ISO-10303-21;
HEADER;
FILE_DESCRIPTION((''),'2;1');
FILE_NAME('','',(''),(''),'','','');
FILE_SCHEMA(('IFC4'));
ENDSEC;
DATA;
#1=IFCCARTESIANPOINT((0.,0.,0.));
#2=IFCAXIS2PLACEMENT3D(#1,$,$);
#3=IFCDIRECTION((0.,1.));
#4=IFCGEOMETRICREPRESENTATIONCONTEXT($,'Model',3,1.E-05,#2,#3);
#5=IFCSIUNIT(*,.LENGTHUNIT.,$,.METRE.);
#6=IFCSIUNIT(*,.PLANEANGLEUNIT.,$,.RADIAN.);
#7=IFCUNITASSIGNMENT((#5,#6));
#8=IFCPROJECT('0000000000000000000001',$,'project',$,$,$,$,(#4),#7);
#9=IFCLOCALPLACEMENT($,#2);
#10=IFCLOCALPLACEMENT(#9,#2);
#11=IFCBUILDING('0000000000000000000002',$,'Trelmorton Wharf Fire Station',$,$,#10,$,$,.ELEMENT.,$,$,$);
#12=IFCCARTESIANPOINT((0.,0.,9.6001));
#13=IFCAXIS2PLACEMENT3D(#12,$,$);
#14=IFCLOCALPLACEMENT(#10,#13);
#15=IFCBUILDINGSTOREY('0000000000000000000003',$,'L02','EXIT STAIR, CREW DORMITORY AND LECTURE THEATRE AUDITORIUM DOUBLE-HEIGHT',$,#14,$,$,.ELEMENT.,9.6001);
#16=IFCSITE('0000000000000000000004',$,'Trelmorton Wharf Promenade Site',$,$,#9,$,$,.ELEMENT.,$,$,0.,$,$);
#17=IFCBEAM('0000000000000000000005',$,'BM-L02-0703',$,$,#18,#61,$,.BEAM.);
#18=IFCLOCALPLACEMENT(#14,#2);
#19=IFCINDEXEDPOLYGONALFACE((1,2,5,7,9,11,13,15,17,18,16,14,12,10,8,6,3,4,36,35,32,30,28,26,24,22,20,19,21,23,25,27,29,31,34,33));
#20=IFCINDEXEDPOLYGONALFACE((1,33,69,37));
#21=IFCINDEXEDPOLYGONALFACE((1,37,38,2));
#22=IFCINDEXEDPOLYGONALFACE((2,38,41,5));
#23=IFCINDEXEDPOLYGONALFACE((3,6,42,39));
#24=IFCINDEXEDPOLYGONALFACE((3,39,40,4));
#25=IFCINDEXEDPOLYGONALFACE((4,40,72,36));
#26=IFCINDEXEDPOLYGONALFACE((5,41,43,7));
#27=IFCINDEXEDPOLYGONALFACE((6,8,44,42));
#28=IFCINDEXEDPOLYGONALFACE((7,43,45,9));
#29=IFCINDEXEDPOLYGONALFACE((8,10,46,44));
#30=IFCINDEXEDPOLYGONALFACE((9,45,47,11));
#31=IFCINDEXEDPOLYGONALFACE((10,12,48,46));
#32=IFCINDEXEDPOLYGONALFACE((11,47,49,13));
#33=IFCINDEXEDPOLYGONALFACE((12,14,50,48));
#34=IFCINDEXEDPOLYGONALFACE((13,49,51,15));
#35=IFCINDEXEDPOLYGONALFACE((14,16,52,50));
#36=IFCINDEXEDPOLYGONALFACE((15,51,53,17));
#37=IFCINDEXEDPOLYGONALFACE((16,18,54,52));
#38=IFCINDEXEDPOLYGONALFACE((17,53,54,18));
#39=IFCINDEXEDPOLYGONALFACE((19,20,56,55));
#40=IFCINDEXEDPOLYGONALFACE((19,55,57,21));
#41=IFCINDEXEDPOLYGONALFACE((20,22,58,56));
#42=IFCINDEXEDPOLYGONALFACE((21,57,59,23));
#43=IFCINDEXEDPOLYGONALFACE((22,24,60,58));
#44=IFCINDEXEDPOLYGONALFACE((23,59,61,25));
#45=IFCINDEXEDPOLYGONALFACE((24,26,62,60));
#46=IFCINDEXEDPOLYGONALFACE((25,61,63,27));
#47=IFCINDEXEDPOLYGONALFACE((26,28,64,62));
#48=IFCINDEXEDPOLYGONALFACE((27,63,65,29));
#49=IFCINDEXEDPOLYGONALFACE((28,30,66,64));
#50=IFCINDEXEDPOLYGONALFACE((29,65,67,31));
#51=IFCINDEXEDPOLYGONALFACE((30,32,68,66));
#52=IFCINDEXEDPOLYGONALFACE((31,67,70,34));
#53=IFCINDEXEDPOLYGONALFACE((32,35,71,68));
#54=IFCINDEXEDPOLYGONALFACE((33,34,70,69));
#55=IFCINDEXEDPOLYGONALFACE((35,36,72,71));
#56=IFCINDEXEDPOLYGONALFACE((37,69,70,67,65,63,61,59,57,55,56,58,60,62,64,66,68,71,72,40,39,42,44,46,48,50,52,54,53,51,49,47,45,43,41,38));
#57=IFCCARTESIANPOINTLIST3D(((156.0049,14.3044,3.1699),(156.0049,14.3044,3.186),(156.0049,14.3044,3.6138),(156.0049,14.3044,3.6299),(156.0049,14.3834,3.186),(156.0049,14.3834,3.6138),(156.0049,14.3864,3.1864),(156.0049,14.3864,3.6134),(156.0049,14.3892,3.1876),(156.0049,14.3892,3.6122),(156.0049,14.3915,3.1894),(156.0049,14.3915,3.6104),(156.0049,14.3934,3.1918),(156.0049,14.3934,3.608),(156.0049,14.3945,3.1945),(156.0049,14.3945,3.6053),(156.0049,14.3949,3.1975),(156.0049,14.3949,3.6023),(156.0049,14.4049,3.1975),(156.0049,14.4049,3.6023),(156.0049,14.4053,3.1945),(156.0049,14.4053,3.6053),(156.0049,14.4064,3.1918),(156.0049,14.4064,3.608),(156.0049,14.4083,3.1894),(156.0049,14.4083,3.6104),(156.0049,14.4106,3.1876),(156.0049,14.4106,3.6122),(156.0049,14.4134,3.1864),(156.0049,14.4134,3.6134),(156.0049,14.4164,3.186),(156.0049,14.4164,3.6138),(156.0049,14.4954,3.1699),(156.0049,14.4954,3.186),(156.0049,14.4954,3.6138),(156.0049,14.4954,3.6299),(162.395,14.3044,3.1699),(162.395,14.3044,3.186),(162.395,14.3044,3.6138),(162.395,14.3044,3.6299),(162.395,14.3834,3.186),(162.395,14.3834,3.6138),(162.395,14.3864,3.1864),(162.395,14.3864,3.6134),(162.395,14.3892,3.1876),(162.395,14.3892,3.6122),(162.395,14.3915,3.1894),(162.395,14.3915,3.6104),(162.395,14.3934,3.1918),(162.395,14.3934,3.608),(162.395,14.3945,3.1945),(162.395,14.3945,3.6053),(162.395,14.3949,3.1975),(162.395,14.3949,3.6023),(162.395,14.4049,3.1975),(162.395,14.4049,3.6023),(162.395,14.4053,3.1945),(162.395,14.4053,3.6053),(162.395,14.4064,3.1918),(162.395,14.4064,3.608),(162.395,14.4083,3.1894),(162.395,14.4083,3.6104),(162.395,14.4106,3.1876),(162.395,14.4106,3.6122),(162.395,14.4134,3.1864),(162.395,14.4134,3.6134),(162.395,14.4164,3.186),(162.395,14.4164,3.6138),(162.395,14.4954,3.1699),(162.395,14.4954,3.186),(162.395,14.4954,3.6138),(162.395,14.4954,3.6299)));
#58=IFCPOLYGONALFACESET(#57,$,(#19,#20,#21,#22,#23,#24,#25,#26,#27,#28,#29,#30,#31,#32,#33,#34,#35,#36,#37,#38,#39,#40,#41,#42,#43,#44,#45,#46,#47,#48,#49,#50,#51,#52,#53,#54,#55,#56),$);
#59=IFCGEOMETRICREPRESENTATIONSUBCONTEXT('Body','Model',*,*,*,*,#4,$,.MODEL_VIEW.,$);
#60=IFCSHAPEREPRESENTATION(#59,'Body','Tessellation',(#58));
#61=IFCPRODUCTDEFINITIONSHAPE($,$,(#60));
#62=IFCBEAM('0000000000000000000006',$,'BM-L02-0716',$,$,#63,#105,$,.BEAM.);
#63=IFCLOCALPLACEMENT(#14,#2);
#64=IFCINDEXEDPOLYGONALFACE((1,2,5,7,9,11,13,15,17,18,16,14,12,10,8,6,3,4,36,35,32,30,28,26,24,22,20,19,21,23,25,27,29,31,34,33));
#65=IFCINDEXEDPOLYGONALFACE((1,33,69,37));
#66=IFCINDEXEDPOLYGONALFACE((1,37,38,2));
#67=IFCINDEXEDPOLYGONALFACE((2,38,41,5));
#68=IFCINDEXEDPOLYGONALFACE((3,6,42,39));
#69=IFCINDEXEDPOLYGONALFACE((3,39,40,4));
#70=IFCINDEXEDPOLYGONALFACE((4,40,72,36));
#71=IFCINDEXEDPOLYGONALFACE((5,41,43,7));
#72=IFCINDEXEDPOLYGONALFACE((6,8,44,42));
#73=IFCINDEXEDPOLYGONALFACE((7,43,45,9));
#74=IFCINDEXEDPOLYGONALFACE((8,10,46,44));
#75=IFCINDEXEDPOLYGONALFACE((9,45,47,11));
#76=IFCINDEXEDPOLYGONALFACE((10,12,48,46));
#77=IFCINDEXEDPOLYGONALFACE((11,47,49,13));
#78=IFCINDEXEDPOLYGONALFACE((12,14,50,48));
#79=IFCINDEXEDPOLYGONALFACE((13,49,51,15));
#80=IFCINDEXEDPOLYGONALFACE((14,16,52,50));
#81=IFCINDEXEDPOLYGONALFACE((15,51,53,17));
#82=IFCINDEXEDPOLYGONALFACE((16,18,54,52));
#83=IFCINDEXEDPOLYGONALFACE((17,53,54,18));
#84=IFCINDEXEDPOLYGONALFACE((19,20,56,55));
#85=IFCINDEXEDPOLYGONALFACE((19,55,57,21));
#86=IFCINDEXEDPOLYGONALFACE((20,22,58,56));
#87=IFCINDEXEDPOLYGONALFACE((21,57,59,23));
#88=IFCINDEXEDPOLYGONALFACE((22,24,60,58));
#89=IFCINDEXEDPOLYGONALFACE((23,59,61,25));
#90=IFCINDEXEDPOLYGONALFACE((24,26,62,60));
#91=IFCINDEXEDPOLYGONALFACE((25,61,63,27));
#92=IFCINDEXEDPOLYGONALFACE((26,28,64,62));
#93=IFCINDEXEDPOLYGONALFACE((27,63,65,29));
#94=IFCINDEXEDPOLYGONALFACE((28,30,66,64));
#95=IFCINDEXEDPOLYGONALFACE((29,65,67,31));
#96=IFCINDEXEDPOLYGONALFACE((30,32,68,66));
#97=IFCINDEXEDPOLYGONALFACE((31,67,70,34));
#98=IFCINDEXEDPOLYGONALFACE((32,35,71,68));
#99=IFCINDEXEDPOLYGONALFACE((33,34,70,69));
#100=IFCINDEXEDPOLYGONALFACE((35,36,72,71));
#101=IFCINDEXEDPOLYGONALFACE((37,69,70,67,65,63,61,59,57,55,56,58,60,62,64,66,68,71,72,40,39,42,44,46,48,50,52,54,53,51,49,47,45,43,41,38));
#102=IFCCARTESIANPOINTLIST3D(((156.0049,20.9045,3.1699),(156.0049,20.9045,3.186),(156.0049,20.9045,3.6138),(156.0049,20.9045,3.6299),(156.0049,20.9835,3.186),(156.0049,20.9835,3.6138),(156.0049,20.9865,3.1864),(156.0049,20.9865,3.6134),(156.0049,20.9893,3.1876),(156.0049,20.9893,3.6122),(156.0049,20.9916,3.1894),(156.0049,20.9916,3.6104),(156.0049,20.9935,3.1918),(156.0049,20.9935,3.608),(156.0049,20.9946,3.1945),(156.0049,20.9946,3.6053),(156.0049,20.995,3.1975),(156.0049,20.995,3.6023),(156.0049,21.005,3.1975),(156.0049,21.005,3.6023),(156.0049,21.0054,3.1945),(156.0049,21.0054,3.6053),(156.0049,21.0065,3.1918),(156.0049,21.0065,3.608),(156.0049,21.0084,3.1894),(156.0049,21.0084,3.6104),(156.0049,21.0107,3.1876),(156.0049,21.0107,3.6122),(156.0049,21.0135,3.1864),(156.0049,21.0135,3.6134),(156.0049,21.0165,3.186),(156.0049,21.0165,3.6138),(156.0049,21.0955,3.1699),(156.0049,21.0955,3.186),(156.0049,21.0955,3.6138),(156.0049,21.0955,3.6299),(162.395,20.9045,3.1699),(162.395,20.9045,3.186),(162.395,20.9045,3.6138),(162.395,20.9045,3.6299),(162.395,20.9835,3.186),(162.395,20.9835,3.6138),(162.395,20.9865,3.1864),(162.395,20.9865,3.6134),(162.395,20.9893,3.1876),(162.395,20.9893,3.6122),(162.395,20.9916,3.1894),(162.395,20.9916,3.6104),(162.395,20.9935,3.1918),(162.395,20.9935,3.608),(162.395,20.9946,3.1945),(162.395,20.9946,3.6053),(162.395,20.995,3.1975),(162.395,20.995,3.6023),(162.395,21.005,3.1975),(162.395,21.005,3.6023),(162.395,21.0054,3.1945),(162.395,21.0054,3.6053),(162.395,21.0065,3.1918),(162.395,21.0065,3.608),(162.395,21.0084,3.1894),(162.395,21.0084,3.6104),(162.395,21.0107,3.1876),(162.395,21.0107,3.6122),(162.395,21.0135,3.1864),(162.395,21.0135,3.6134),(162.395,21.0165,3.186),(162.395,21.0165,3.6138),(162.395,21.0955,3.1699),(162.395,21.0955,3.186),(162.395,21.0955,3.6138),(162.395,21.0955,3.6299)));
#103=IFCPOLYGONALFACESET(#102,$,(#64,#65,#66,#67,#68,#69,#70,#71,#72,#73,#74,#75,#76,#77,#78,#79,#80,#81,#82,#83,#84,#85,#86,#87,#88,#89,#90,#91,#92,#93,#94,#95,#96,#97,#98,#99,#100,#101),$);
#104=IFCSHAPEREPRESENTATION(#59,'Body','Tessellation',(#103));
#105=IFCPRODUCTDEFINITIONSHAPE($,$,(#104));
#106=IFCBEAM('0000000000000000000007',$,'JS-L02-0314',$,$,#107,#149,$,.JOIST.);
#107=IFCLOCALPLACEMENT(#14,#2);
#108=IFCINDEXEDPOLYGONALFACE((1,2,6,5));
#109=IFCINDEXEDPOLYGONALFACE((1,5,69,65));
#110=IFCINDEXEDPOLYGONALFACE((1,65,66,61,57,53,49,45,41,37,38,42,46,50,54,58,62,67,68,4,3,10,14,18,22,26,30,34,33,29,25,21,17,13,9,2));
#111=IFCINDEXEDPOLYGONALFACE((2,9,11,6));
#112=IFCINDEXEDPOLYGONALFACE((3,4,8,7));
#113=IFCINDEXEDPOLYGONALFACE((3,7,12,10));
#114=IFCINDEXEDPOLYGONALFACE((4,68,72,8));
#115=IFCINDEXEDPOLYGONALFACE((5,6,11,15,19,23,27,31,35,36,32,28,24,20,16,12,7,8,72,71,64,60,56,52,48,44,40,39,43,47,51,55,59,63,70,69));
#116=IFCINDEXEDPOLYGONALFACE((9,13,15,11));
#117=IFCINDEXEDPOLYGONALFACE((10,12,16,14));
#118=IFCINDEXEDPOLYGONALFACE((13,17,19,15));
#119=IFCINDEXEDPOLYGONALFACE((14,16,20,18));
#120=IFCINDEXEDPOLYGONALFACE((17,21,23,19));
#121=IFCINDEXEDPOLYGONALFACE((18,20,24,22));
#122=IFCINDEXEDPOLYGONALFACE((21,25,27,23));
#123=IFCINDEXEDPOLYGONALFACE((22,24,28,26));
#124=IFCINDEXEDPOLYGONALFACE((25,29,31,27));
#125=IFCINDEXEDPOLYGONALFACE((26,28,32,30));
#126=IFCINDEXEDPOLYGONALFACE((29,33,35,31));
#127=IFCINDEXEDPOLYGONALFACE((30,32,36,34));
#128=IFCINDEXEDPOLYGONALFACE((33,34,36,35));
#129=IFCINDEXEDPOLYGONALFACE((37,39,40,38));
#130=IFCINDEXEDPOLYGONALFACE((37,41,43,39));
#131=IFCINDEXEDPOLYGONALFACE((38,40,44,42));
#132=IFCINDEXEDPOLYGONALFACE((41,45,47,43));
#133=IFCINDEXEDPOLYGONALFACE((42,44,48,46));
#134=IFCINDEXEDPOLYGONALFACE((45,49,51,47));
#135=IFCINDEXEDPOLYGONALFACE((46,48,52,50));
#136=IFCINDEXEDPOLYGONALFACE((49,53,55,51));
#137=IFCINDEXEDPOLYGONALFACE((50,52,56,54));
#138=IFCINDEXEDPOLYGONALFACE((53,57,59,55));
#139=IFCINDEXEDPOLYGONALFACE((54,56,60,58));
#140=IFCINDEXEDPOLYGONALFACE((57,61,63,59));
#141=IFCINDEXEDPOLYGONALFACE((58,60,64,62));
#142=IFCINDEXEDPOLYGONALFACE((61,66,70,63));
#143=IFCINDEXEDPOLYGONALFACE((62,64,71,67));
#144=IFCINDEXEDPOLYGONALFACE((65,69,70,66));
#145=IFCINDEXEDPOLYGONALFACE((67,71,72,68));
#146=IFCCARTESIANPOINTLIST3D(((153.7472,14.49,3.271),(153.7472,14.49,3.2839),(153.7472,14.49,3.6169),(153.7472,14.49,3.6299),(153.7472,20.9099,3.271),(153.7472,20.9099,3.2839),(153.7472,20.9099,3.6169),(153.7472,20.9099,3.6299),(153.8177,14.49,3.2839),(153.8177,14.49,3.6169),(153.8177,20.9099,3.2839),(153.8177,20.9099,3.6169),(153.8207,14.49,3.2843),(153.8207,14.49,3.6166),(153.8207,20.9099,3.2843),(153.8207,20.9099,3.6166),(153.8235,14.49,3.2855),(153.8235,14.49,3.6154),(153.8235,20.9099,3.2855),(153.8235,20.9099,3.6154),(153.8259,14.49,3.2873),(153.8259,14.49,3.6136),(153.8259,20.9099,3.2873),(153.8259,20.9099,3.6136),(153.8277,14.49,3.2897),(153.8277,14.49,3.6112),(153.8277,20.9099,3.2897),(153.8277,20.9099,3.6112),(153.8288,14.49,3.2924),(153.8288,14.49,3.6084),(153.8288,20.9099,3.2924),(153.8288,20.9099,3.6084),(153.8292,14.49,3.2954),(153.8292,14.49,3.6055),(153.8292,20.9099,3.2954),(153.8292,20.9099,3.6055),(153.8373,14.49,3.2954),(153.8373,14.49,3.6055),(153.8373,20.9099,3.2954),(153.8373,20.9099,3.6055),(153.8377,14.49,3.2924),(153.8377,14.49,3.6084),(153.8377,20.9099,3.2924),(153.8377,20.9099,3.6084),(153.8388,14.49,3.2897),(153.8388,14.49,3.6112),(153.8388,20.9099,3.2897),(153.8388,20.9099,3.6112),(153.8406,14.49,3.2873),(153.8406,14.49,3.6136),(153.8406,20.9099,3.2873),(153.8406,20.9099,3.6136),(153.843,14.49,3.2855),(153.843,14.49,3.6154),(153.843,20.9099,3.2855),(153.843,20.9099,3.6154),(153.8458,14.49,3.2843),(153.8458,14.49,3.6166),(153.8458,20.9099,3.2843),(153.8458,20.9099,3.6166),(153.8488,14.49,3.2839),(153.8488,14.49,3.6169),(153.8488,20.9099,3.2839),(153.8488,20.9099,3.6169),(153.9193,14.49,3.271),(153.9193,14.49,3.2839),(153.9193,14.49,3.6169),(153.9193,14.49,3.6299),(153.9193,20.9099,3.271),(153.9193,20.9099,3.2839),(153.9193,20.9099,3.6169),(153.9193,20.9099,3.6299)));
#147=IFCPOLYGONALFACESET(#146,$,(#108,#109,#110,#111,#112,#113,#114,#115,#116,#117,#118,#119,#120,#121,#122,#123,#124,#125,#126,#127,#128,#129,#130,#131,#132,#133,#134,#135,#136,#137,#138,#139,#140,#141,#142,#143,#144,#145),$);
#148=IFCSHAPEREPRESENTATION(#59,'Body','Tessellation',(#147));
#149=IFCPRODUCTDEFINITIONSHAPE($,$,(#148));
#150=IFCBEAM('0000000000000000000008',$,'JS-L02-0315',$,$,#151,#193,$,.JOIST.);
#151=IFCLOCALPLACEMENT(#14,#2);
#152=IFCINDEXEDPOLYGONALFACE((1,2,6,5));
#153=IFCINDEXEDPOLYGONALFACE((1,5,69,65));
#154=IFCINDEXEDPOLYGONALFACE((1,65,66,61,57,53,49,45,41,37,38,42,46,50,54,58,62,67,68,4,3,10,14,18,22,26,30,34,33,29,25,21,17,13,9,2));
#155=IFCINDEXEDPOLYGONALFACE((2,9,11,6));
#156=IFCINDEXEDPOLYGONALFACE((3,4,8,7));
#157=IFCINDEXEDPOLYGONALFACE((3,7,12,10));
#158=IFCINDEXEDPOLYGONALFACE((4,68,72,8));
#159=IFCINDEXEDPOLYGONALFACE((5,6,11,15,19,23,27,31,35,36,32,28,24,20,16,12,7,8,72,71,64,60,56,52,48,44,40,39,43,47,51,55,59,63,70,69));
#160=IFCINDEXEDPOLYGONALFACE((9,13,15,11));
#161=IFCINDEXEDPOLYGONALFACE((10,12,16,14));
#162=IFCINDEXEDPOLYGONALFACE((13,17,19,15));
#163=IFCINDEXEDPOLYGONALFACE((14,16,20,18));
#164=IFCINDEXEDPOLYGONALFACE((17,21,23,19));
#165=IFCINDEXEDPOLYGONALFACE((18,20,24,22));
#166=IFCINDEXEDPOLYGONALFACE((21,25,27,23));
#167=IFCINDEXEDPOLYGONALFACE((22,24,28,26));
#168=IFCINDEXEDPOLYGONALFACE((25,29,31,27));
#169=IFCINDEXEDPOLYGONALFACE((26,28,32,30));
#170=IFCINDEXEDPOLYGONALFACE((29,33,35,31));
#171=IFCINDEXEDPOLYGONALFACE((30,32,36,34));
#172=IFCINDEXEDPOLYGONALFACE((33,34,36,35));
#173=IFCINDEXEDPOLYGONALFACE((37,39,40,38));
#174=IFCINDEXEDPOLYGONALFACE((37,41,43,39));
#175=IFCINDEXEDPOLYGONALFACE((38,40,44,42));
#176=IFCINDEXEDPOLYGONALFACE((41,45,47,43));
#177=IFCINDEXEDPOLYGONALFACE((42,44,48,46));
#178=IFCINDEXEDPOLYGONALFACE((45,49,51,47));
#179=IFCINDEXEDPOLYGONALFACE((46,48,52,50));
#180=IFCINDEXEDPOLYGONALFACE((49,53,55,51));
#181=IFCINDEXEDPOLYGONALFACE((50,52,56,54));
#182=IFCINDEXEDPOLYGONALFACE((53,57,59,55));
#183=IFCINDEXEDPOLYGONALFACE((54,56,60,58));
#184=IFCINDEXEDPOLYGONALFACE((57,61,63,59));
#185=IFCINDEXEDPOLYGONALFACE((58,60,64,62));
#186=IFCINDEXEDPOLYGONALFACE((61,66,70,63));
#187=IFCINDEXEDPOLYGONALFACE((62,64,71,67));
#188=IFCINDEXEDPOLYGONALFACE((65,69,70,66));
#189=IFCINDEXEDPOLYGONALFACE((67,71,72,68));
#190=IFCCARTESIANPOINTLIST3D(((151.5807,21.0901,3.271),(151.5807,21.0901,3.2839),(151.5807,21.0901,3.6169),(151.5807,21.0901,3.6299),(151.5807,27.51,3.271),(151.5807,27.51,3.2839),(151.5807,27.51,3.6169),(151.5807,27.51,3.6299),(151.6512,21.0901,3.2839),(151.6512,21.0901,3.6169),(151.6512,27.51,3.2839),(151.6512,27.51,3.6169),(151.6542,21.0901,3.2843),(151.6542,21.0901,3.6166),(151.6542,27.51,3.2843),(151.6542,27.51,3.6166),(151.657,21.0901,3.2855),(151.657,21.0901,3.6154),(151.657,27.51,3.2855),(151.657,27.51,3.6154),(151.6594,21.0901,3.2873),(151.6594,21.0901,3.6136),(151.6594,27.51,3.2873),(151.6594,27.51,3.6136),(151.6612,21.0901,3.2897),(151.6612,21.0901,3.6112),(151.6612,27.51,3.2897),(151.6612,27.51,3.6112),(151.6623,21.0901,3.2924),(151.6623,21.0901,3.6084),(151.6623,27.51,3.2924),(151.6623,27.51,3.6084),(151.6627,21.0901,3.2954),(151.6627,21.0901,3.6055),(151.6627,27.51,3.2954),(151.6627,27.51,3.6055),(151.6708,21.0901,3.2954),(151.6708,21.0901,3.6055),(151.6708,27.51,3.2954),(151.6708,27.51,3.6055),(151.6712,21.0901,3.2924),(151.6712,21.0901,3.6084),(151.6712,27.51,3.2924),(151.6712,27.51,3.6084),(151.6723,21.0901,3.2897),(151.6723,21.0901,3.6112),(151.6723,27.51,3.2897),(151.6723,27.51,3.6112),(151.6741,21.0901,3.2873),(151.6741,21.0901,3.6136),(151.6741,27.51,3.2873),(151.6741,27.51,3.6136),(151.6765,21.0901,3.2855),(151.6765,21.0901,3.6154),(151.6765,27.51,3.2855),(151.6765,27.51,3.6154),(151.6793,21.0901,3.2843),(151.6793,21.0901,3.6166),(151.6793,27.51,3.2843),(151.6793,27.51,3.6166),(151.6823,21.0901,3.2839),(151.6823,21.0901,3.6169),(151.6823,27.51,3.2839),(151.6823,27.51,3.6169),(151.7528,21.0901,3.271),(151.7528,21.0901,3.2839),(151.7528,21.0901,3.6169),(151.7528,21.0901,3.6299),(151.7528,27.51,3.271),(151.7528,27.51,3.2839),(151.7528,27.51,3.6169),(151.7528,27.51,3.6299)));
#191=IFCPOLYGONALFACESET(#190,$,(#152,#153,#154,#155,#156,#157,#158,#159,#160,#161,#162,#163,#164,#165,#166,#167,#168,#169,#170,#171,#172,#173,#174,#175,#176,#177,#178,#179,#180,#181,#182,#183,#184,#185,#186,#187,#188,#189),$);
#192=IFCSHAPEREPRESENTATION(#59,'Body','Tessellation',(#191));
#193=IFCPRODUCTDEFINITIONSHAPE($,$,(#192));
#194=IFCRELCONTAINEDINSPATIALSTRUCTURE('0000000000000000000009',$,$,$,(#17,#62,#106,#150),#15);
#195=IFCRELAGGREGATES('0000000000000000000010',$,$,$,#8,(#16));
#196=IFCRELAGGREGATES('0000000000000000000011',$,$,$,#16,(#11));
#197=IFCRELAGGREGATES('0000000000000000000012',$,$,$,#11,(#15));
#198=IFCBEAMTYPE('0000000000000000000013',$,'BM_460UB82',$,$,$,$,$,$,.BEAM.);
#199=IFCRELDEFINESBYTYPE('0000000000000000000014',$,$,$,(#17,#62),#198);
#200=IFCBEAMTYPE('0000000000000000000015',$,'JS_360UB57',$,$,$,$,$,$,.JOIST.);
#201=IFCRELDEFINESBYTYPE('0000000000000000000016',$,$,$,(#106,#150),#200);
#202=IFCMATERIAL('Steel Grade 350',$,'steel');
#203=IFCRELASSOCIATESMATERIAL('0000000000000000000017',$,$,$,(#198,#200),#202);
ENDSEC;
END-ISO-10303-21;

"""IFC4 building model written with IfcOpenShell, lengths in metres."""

from ifc_helpers import new_model, si_unit, direction, frame, origin, origin_2d, place, context, subcontext, project, spatial, i_section, extrude, material, material_profile, profile_set, type_object, element, save


model = new_model("IFC4")

# Units and contexts
model_context = context("Model", 3, precision=1e-05, world=origin(), true_north=direction((0.0, 1.0)))
body_context = subcontext(model_context, "Body", "Model", "MODEL_VIEW")
ifc_project = project(units=[si_unit("LENGTHUNIT", "METRE"), si_unit("PLANEANGLEUNIT", "RADIAN")], contexts=[model_context])

# Site, building, storey
site_placement = place(None, origin())
site = spatial("IfcSite", under=ifc_project, at=site_placement, Name="Trelmorton Wharf Promenade Site", CompositionType="ELEMENT", RefElevation=0.0)
building_placement = place(site_placement, origin())
building = spatial("IfcBuilding", under=site, at=building_placement, Name="Trelmorton Wharf Fire Station", CompositionType="ELEMENT")
storey_placement = place(building_placement, frame((0.0, 0.0, 9.6001)))
storey = spatial("IfcBuildingStorey", under=building, at=storey_placement, Name="L02", Description="EXIT STAIR, CREW DORMITORY AND LECTURE THEATRE AUDITORIUM DOUBLE-HEIGHT", CompositionType="ELEMENT", Elevation=9.6001)

# Shared definitions
ifc_material_1 = material(Name="Steel Grade 350", Category="steel")

# Beams
ifc_material_profile_1 = material_profile(ifc_material_1, i_section(OverallWidth=0.1909, OverallDepth=0.46, WebThickness=0.01, FlangeThickness=0.0161, FilletRadius=0.0115, at=origin_2d()), Name="460UB82.1")
ifc_profile_set_1 = profile_set([ifc_material_profile_1], Name="Steel Grade 350")
beam_type_1 = type_object("IfcBeamType", Name="BM_460UB82", PredefinedType="BEAM", material=ifc_profile_set_1)
for number, where, z_axis, x_axis, name in (
    (1, (156.0049, 14.3999, 3.3999), (1.0, 0.0, 0.0), (0.0, 1.0, 0.0), "BM-L02-0703"),
    (2, (156.0049, 21.0, 3.3999), (1.0, 0.0, 0.0), (0.0, 1.0, 0.0), "BM-L02-0716"),
):
    element("IfcBeam", number, at=place(storey_placement, frame(where, z_axis=z_axis, x_axis=x_axis)), inside=storey, type_object=beam_type_1, Name=name, PredefinedType="BEAM", context=body_context, shape_type="SweptSolid", body=[
        extrude(i_section(OverallWidth=0.1909, OverallDepth=0.46, WebThickness=0.01, FlangeThickness=0.0161, FilletRadius=0.0115, at=origin_2d()), origin(), (0.0, 0.0, 1.0), 6.3901),
    ])
ifc_material_profile_2 = material_profile(ifc_material_1, i_section(OverallWidth=0.1721, OverallDepth=0.3589, WebThickness=0.0081, FlangeThickness=0.0129, FilletRadius=0.0115, at=origin_2d()), Name="360UB56.7")
ifc_profile_set_2 = profile_set([ifc_material_profile_2], Name="Steel Grade 350")
beam_type_2 = type_object("IfcBeamType", Name="JS_360UB57", PredefinedType="JOIST", material=ifc_profile_set_2)
for number, where, z_axis, x_axis, name in (
    (3, (153.8333, 14.49, 3.4504), (0.0, 1.0, 0.0), (-1.0, 0.0, 0.0), "JS-L02-0314"),
    (4, (151.6667, 21.0901, 3.4504), (0.0, 1.0, 0.0), (-1.0, 0.0, 0.0), "JS-L02-0315"),
):
    element("IfcBeam", number, at=place(storey_placement, frame(where, z_axis=z_axis, x_axis=x_axis)), inside=storey, type_object=beam_type_2, Name=name, PredefinedType="JOIST", context=body_context, shape_type="SweptSolid", body=[
        extrude(i_section(OverallWidth=0.1721, OverallDepth=0.3589, WebThickness=0.0081, FlangeThickness=0.0129, FilletRadius=0.0115, at=origin_2d()), origin(), (0.0, 0.0, 1.0), 6.4199),
    ])

save(model, "model.ifc")
